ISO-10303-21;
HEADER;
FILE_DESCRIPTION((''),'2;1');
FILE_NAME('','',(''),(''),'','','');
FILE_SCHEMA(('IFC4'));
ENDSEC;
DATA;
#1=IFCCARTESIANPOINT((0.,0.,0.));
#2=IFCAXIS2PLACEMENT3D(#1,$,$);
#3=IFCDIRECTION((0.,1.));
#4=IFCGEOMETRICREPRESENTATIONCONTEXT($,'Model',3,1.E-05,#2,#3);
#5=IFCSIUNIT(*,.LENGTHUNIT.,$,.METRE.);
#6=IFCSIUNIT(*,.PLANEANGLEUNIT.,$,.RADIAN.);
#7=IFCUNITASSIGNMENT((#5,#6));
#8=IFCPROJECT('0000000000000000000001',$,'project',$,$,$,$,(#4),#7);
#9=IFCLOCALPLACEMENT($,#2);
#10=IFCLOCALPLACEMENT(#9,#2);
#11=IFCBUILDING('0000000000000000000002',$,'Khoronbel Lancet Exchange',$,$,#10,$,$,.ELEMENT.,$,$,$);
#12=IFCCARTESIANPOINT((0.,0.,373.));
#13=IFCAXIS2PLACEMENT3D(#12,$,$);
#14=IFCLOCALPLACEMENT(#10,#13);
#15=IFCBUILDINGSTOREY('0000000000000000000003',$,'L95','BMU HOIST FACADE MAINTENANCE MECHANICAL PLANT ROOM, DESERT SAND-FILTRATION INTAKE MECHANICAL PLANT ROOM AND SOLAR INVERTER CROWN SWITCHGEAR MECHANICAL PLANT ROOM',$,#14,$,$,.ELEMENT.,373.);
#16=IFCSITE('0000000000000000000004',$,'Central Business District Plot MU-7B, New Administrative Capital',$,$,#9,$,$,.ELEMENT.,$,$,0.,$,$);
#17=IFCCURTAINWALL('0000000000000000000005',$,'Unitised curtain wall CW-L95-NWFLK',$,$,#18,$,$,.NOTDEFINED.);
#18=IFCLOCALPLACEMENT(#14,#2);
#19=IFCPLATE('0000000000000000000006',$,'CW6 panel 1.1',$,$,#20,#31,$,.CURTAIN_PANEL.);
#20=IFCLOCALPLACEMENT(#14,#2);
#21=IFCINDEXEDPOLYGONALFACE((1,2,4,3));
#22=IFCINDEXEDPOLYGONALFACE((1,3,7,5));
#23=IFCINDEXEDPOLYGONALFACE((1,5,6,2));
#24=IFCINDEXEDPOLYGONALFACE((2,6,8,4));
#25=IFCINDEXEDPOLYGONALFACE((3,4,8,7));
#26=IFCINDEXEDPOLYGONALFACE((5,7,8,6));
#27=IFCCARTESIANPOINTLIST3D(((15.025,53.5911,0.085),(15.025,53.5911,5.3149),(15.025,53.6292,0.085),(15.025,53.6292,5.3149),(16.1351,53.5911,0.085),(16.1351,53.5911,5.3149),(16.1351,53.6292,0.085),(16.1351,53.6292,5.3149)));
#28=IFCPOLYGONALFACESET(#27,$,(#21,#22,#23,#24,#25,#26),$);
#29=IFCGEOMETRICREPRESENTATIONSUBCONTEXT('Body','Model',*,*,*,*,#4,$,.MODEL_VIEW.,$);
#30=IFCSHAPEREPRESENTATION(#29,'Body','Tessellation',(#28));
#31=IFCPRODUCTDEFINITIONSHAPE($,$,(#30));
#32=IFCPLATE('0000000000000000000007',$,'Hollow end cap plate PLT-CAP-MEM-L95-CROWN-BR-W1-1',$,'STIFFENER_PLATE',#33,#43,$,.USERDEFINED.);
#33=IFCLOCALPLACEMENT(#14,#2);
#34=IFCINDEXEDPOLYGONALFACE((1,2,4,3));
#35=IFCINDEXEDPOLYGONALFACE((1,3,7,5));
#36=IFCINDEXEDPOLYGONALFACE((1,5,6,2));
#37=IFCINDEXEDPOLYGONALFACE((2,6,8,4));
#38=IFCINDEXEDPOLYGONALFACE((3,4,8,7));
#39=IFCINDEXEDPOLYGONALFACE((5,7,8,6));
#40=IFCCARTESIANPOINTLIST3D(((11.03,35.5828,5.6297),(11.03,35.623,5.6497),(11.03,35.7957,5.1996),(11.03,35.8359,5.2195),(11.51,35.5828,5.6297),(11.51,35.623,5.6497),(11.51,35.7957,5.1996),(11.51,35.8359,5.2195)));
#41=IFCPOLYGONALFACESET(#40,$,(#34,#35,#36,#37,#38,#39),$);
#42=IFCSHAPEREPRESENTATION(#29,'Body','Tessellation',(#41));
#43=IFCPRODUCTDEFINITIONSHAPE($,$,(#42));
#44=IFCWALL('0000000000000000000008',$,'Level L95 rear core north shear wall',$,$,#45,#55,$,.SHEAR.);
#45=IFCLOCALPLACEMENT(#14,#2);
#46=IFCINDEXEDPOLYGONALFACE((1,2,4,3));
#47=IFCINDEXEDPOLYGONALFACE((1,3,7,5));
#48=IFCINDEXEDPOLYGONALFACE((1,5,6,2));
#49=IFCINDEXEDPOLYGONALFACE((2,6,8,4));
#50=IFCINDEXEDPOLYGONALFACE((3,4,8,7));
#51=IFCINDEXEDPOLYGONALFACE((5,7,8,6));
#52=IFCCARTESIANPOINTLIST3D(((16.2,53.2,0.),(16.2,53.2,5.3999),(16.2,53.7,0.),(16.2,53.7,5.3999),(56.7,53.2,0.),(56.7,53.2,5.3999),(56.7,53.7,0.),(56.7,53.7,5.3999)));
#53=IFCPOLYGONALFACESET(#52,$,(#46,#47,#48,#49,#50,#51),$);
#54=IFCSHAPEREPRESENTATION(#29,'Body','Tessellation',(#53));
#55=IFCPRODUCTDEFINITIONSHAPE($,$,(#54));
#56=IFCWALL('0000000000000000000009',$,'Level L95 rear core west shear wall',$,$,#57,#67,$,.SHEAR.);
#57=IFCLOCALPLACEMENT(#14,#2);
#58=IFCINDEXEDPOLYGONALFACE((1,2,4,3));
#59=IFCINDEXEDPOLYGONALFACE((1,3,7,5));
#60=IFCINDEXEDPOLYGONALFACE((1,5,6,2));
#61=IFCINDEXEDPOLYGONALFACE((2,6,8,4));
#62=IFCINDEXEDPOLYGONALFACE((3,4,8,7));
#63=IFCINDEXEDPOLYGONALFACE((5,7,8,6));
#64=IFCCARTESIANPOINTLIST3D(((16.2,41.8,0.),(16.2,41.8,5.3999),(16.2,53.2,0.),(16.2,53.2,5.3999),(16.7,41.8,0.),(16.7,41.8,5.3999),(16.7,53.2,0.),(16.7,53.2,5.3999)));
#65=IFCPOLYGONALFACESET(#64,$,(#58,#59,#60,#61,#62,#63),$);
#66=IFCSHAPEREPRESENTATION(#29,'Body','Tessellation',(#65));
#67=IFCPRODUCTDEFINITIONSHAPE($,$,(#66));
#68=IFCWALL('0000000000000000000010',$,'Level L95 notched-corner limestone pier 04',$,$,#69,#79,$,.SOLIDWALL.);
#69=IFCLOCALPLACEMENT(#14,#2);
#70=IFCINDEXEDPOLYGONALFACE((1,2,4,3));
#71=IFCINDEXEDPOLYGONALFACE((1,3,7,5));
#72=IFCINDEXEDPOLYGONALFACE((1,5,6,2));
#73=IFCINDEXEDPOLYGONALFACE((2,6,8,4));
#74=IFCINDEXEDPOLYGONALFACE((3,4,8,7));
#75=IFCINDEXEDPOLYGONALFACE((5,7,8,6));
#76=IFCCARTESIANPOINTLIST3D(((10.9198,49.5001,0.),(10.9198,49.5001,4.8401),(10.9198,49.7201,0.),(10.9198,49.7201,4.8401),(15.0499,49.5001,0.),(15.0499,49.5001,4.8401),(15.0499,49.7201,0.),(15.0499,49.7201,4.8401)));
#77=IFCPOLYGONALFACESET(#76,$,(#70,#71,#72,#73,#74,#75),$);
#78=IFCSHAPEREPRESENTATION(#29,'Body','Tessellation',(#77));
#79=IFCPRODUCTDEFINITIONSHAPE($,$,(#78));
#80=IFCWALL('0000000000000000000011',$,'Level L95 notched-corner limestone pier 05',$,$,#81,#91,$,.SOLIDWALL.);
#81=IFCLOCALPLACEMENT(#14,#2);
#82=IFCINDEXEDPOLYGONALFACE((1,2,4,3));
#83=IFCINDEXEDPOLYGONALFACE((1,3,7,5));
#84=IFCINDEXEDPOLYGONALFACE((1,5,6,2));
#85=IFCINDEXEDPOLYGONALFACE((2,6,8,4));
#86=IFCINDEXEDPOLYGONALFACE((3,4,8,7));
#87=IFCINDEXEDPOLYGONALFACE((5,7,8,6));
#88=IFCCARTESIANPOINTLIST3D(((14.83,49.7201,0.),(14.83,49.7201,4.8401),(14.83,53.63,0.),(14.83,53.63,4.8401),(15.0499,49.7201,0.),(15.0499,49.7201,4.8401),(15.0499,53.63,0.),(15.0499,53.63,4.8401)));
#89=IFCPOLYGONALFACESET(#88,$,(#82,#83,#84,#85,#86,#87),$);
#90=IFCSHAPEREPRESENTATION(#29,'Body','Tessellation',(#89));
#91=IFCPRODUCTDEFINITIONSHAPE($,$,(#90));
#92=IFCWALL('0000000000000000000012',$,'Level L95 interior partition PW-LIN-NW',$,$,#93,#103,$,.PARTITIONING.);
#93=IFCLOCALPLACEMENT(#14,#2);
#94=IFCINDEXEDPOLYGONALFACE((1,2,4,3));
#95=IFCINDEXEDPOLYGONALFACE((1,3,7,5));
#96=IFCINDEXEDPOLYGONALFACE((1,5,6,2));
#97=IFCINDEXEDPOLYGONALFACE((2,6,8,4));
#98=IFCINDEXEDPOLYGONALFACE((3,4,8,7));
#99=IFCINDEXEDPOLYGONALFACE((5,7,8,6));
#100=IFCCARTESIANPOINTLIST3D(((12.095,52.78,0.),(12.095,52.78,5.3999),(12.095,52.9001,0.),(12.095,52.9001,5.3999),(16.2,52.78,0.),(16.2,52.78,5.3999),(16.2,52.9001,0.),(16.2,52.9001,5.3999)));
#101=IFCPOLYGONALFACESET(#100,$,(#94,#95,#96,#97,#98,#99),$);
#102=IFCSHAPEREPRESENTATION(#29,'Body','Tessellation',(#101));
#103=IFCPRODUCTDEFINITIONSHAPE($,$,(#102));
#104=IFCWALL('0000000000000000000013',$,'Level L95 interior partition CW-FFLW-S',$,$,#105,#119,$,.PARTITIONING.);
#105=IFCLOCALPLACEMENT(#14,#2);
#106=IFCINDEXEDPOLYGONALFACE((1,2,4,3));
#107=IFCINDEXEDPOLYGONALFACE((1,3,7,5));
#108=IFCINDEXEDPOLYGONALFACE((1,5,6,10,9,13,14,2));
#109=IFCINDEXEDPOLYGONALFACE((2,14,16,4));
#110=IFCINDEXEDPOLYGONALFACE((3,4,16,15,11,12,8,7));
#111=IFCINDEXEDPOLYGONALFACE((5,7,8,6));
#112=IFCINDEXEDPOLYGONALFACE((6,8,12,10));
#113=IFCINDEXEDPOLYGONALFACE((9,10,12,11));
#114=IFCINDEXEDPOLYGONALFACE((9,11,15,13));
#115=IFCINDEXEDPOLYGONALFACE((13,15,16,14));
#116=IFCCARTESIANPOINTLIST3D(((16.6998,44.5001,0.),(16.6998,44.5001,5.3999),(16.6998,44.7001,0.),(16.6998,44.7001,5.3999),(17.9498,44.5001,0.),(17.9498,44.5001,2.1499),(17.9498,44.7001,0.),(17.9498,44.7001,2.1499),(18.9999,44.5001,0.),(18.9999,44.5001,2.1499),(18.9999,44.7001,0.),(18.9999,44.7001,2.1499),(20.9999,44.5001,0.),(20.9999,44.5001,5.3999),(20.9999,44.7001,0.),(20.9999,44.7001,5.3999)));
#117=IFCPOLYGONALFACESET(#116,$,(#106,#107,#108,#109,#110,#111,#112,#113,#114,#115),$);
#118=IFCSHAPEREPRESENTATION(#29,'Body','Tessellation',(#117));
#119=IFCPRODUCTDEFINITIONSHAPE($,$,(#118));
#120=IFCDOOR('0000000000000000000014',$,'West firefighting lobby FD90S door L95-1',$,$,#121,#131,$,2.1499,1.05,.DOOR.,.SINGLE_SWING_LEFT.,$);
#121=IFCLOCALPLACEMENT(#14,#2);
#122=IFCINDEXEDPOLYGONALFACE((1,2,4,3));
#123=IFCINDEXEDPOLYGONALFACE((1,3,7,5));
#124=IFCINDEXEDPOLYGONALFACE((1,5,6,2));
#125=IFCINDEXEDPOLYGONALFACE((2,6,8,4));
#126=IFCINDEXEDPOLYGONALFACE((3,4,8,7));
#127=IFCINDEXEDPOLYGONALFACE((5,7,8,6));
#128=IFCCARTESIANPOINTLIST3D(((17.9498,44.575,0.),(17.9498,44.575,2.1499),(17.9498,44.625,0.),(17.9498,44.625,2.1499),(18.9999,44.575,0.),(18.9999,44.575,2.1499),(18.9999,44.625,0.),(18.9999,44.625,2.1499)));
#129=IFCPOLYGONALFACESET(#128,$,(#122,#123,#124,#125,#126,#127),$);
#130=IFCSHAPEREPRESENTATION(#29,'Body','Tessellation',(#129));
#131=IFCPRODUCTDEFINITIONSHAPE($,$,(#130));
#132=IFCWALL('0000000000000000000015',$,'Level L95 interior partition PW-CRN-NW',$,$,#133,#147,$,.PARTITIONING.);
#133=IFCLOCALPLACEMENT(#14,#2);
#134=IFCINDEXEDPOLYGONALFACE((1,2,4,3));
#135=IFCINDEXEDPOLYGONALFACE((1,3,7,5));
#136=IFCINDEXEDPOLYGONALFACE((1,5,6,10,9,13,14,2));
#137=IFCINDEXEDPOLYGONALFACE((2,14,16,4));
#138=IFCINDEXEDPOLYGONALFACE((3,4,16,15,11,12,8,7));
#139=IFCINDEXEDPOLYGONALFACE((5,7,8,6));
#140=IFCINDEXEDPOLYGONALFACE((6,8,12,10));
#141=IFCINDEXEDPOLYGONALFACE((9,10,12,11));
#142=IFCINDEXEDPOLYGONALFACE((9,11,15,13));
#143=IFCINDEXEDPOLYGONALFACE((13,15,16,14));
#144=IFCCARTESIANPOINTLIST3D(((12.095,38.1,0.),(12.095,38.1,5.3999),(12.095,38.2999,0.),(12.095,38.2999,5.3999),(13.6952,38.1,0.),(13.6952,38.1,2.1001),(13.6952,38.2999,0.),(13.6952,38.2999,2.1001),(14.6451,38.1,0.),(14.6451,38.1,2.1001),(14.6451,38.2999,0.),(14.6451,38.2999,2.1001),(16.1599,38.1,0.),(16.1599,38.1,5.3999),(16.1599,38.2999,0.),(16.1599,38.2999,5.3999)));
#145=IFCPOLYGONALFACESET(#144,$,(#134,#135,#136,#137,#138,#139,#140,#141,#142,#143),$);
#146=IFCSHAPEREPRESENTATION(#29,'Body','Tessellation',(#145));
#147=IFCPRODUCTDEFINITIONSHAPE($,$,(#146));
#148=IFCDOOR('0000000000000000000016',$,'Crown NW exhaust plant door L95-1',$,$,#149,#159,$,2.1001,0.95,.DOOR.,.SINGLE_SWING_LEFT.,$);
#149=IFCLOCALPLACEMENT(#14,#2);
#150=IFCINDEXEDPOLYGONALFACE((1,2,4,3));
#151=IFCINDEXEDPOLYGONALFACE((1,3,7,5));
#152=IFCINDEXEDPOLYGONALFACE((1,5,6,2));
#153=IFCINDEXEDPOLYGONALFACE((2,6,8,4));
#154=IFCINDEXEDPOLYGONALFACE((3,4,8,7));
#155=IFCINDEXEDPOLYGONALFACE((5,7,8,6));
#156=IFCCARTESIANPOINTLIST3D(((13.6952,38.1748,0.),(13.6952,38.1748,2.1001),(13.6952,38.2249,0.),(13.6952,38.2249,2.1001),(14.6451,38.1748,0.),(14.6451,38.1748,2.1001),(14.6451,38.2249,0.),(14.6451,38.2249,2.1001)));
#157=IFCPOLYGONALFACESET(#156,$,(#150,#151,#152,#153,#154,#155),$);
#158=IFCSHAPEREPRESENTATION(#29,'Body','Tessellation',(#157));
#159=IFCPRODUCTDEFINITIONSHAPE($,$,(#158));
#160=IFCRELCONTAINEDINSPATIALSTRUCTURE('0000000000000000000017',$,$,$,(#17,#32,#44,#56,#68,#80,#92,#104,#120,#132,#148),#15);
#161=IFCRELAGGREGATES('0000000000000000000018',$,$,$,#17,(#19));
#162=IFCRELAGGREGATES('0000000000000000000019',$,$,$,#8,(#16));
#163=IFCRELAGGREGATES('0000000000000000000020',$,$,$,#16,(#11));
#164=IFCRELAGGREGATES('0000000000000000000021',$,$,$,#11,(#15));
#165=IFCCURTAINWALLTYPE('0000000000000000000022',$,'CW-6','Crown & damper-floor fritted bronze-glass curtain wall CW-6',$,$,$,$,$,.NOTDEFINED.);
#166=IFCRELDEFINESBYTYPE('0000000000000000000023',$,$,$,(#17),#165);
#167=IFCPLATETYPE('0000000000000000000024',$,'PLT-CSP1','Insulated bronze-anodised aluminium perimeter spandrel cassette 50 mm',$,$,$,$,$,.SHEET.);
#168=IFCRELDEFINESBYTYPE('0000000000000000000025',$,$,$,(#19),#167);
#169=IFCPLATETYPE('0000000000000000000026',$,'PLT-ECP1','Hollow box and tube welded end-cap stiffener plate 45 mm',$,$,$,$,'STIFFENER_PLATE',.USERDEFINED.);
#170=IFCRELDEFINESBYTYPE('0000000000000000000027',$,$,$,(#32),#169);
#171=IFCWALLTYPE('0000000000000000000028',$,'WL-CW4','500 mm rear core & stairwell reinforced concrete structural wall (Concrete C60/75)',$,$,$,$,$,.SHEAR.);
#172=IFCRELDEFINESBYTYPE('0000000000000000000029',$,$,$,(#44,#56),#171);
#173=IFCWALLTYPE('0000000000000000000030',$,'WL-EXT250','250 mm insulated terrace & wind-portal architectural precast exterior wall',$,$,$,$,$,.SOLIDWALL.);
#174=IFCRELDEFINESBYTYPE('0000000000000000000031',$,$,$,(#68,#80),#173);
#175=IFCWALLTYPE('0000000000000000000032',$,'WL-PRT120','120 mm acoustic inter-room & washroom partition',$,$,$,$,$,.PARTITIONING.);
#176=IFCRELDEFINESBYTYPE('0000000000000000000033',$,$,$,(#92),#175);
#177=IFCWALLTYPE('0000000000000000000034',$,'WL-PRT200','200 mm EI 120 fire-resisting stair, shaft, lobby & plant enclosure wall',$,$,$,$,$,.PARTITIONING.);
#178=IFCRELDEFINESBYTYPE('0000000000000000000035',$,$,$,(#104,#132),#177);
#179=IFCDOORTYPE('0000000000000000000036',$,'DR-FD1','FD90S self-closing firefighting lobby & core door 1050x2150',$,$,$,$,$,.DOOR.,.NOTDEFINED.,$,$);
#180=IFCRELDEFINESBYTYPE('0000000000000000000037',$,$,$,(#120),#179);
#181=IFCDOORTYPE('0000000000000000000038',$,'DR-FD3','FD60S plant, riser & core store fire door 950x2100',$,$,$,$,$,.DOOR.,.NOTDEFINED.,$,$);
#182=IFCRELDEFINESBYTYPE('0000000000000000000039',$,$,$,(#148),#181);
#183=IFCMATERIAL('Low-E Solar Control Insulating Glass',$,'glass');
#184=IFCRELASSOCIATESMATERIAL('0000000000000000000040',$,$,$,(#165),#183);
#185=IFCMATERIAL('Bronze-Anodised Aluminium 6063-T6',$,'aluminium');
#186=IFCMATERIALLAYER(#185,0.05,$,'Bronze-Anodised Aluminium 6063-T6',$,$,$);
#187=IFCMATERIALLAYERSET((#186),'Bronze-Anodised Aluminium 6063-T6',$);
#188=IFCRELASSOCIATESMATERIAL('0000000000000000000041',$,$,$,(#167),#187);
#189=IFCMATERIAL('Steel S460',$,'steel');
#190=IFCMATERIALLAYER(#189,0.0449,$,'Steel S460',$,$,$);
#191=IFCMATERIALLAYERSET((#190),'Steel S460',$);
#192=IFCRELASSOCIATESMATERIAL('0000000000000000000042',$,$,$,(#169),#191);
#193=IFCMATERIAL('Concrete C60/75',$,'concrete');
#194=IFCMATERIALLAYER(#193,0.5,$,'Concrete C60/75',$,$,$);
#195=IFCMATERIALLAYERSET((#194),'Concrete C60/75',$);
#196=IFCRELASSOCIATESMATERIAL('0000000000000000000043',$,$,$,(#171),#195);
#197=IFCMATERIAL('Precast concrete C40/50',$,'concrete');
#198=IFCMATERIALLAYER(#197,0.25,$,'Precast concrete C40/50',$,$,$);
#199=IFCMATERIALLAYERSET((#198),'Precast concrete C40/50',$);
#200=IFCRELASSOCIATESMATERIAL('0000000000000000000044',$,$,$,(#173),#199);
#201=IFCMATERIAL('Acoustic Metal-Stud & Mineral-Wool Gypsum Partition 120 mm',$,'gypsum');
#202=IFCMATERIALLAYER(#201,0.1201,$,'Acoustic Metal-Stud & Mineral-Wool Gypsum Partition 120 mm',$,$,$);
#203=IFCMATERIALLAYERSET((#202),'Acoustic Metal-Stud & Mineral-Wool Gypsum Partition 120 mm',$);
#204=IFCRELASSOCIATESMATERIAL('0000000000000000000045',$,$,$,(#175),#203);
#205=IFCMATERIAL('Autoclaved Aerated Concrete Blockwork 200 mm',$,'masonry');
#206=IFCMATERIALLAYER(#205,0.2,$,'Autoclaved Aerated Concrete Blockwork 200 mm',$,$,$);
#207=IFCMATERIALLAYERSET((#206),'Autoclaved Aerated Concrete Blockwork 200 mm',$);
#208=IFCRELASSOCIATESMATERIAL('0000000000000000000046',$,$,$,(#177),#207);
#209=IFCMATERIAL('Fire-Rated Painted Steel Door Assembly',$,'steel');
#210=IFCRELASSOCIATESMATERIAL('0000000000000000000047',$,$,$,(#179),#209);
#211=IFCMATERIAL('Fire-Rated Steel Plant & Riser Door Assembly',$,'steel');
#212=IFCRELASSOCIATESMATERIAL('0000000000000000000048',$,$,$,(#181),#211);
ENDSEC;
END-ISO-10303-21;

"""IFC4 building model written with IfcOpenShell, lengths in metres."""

from ifc_helpers import new_model, si_unit, direction, frame, frame_2d, origin, origin_2d, place, context, subcontext, project, spatial, polyline, rectangle, outline, extrude, material, layer, layer_set, type_object, element, fill, aggregate, save


model = new_model("IFC4")

# Units and contexts
model_context = context("Model", 3, precision=1e-05, world=origin(), true_north=direction((0.0, 1.0)))
body_context = subcontext(model_context, "Body", "Model", "MODEL_VIEW")
ifc_project = project(units=[si_unit("LENGTHUNIT", "METRE"), si_unit("PLANEANGLEUNIT", "RADIAN")], contexts=[model_context])

# Site, building, storey
site_placement = place(None, origin())
site = spatial("IfcSite", under=ifc_project, at=site_placement, Name="Central Business District Plot MU-7B, New Administrative Capital", CompositionType="ELEMENT", RefElevation=0.0)
building_placement = place(site_placement, origin())
building = spatial("IfcBuilding", under=site, at=building_placement, Name="Khoronbel Lancet Exchange", CompositionType="ELEMENT")
storey_placement = place(building_placement, frame((0.0, 0.0, 373.0)))
storey = spatial("IfcBuildingStorey", under=building, at=storey_placement, Name="L95", Description="BMU HOIST FACADE MAINTENANCE MECHANICAL PLANT ROOM, DESERT SAND-FILTRATION INTAKE MECHANICAL PLANT ROOM AND SOLAR INVERTER CROWN SWITCHGEAR MECHANICAL PLANT ROOM", CompositionType="ELEMENT", Elevation=373.0)

# Shared definitions
ifc_material_1 = material(Name="Steel S460", Category="steel")

# Curtain wall
ifc_material_2 = material(Name="Low-E Solar Control Insulating Glass", Category="glass")
curtain_wall_type = type_object("IfcCurtainWallType", Name="CW-6", Description="Crown & damper-floor fritted bronze-glass curtain wall CW-6", PredefinedType="NOTDEFINED", material=ifc_material_2)
curtain_wall_1_placement = place(storey_placement, origin())
curtain_wall_1 = element("IfcCurtainWall", 1, at=curtain_wall_1_placement, inside=storey, type_object=curtain_wall_type, Name="Unitised curtain wall CW-L95-NWFLK", PredefinedType="NOTDEFINED")
ifc_material_3 = material(Name="Bronze-Anodised Aluminium 6063-T6", Category="aluminium")

# Plates
ifc_layer_1 = layer(ifc_material_3, 0.05, Name="Bronze-Anodised Aluminium 6063-T6")
ifc_layer_set_1 = layer_set([ifc_layer_1], Name="Bronze-Anodised Aluminium 6063-T6")
plate_type_1 = type_object("IfcPlateType", Name="PLT-CSP1", Description="Insulated bronze-anodised aluminium perimeter spandrel cassette 50 mm", PredefinedType="SHEET", material=ifc_layer_set_1)
plate_1_placement = place(storey_placement, frame((15.5801, 53.6101, 0.085), z_axis=(0.0, 0.0, 1.0), x_axis=(-1.0, 0.0, 0.0)))
plate_1 = element("IfcPlate", 2, at=plate_1_placement, type_object=plate_type_1, Name="CW6 panel 1.1", PredefinedType="CURTAIN_PANEL", context=body_context, shape_type="SweptSolid", body=[
    extrude(rectangle(XDim=1.1101, YDim=0.0381, at=origin_2d()), origin(), (0.0, 0.0, 1.0), 5.23),
])
aggregate(curtain_wall_1, [plate_1])
ifc_layer_2 = layer(ifc_material_1, 0.0449, Name="Steel S460")
ifc_layer_set_2 = layer_set([ifc_layer_2], Name="Steel S460")
plate_type_2 = type_object("IfcPlateType", Name="PLT-ECP1", Description="Hollow box and tube welded end-cap stiffener plate 45 mm", ElementType="STIFFENER_PLATE", PredefinedType="USERDEFINED", material=ifc_layer_set_2)
plate_2_placement = place(storey_placement, frame((11.51, 35.8359, 5.2195), z_axis=(0.0, 0.896251, 0.443548), x_axis=(-1.0, 0.0, 0.0)))
element("IfcPlate", 3, at=plate_2_placement, inside=storey, type_object=plate_type_2, Name="Hollow end cap plate PLT-CAP-MEM-L95-CROWN-BR-W1-1", ObjectType="STIFFENER_PLATE", PredefinedType="USERDEFINED", context=body_context, shape_type="SweptSolid", body=[
    extrude(outline(polyline([(0.0, 0.0), (0.48, 0.0), (0.48, 0.48), (0.0, 0.48), (0.0, 0.0)])), origin(), (0.0, 0.0, -1.0), 0.0449),
])

# Walls
ifc_material_4 = material(Name="Concrete C60/75", Category="concrete")
ifc_layer_3 = layer(ifc_material_4, 0.5, Name="Concrete C60/75")
ifc_layer_set_3 = layer_set([ifc_layer_3], Name="Concrete C60/75")
wall_type_1 = type_object("IfcWallType", Name="WL-CW4", Description="500 mm rear core & stairwell reinforced concrete structural wall (Concrete C60/75)", PredefinedType="SHEAR", material=ifc_layer_set_3)
wall_1_placement = place(storey_placement, frame((16.2, 53.45, 0.0), z_axis=(0.0, 0.0, 1.0), x_axis=(1.0, 0.0, 0.0)))
element("IfcWall", 4, at=wall_1_placement, inside=storey, type_object=wall_type_1, Name="Level L95 rear core north shear wall", PredefinedType="SHEAR", context=body_context, shape_type="SweptSolid", body=[
    extrude(rectangle(XDim=40.5, YDim=0.5, at=frame_2d((20.25, 0.0))), origin(), (0.0, 0.0, 1.0), 5.3999),
])
wall_2_placement = place(storey_placement, frame((16.45, 41.8, 0.0), z_axis=(0.0, 0.0, 1.0), x_axis=(0.0, 1.0, 0.0)))
element("IfcWall", 5, at=wall_2_placement, inside=storey, type_object=wall_type_1, Name="Level L95 rear core west shear wall", PredefinedType="SHEAR", context=body_context, shape_type="SweptSolid", body=[
    extrude(rectangle(XDim=11.3999, YDim=0.5, at=frame_2d((5.7, 0.0))), origin(), (0.0, 0.0, 1.0), 5.3999),
])
ifc_material_5 = material(Name="Precast concrete C40/50", Category="concrete")
ifc_layer_4 = layer(ifc_material_5, 0.25, Name="Precast concrete C40/50")
ifc_layer_set_4 = layer_set([ifc_layer_4], Name="Precast concrete C40/50")
wall_type_2 = type_object("IfcWallType", Name="WL-EXT250", Description="250 mm insulated terrace & wind-portal architectural precast exterior wall", PredefinedType="SOLIDWALL", material=ifc_layer_set_4)
wall_3_placement = place(storey_placement, frame((10.9199, 49.6101, 0.0), z_axis=(0.0, 0.0, 1.0), x_axis=(1.0, 0.0, 0.0)))
element("IfcWall", 6, at=wall_3_placement, inside=storey, type_object=wall_type_2, Name="Level L95 notched-corner limestone pier 04", PredefinedType="SOLIDWALL", context=body_context, shape_type="SweptSolid", body=[
    extrude(rectangle(XDim=4.1301, YDim=0.22, at=frame_2d((2.0649, 0.0))), origin(), (0.0, 0.0, 1.0), 4.8401),
])
wall_4_placement = place(storey_placement, frame((14.9399, 49.72, 0.0), z_axis=(0.0, 0.0, 1.0), x_axis=(0.0, 1.0, 0.0)))
element("IfcWall", 7, at=wall_4_placement, inside=storey, type_object=wall_type_2, Name="Level L95 notched-corner limestone pier 05", PredefinedType="SOLIDWALL", context=body_context, shape_type="SweptSolid", body=[
    extrude(rectangle(XDim=3.9099, YDim=0.22, at=frame_2d((1.9551, 0.0))), origin(), (0.0, 0.0, 1.0), 4.8401),
])
ifc_material_6 = material(Name="Acoustic Metal-Stud & Mineral-Wool Gypsum Partition 120 mm", Category="gypsum")
ifc_layer_5 = layer(ifc_material_6, 0.1201, Name="Acoustic Metal-Stud & Mineral-Wool Gypsum Partition 120 mm")
ifc_layer_set_5 = layer_set([ifc_layer_5], Name="Acoustic Metal-Stud & Mineral-Wool Gypsum Partition 120 mm")
wall_type_3 = type_object("IfcWallType", Name="WL-PRT120", Description="120 mm acoustic inter-room & washroom partition", PredefinedType="PARTITIONING", material=ifc_layer_set_5)
wall_5_placement = place(storey_placement, frame((12.095, 52.8401, 0.0), z_axis=(0.0, 0.0, 1.0), x_axis=(1.0, 0.0, 0.0)))
element("IfcWall", 8, at=wall_5_placement, inside=storey, type_object=wall_type_3, Name="Level L95 interior partition PW-LIN-NW", PredefinedType="PARTITIONING", context=body_context, shape_type="SweptSolid", body=[
    extrude(rectangle(XDim=4.105, YDim=0.1201, at=frame_2d((2.0525, 0.0))), origin(), (0.0, 0.0, 1.0), 5.3999),
])

# Walls, openings, doors
ifc_material_7 = material(Name="Autoclaved Aerated Concrete Blockwork 200 mm", Category="masonry")
ifc_layer_6 = layer(ifc_material_7, 0.2, Name="Autoclaved Aerated Concrete Blockwork 200 mm")
ifc_layer_set_6 = layer_set([ifc_layer_6], Name="Autoclaved Aerated Concrete Blockwork 200 mm")
wall_type_4 = type_object("IfcWallType", Name="WL-PRT200", Description="200 mm EI 120 fire-resisting stair, shaft, lobby & plant enclosure wall", PredefinedType="PARTITIONING", material=ifc_layer_set_6)
wall_6_placement = place(storey_placement, frame((16.7, 44.6001, 0.0), z_axis=(0.0, 0.0, 1.0), x_axis=(1.0, 0.0, 0.0)))
wall_6 = element("IfcWall", 9, at=wall_6_placement, inside=storey, type_object=wall_type_4, Name="Level L95 interior partition CW-FFLW-S", PredefinedType="PARTITIONING", context=body_context, shape_type="SweptSolid", body=[
    extrude(rectangle(XDim=4.3, YDim=0.2, at=frame_2d((2.1499, 0.0))), origin(), (0.0, 0.0, 1.0), 5.3999),
])
opening_1_placement = place(wall_6_placement, frame((1.25, 0.0, 0.0)))
opening_1 = element("IfcOpeningElement", 10, at=opening_1_placement, cuts=wall_6, PredefinedType="OPENING", context=body_context, shape_type="SweptSolid", body=[
    extrude(rectangle(XDim=1.05, YDim=2.1499, at=frame_2d((0.5249, 1.075))), frame((0.0, 0.1099, 0.0), z_axis=(0.0, -1.0, 0.0), x_axis=(1.0, 0.0, 0.0)), (0.0, 0.0, 1.0), 0.22),
])
ifc_material_8 = material(Name="Fire-Rated Painted Steel Door Assembly", Category="steel")
door_type_1 = type_object("IfcDoorType", Name="DR-FD1", Description="FD90S self-closing firefighting lobby & core door 1050x2150", OperationType="NOTDEFINED", PredefinedType="DOOR", material=ifc_material_8)
door_1_placement = place(opening_1_placement, origin())
door_1 = element("IfcDoor", 11, at=door_1_placement, inside=storey, type_object=door_type_1, Name="West firefighting lobby FD90S door L95-1", OperationType="SINGLE_SWING_LEFT", OverallHeight=2.1499, OverallWidth=1.05, PredefinedType="DOOR", context=body_context, shape_type="SweptSolid", body=[
    extrude(rectangle(XDim=1.05, YDim=2.1499, at=frame_2d((0.5249, 1.075))), frame((0.0, 0.0249, 0.0), z_axis=(0.0, -1.0, 0.0), x_axis=(1.0, 0.0, 0.0)), (0.0, 0.0, 1.0), 0.05),
])
fill(opening_1, door_1)
wall_7_placement = place(storey_placement, frame((12.095, 38.2, 0.0), z_axis=(0.0, 0.0, 1.0), x_axis=(1.0, 0.0, 0.0)))
wall_7 = element("IfcWall", 12, at=wall_7_placement, inside=storey, type_object=wall_type_4, Name="Level L95 interior partition PW-CRN-NW", PredefinedType="PARTITIONING", context=body_context, shape_type="SweptSolid", body=[
    extrude(rectangle(XDim=4.0649, YDim=0.2, at=frame_2d((2.0325, 0.0))), origin(), (0.0, 0.0, 1.0), 5.3999),
])
opening_2_placement = place(wall_7_placement, frame((1.6001, 0.0, 0.0)))
opening_2 = element("IfcOpeningElement", 13, at=opening_2_placement, cuts=wall_7, PredefinedType="OPENING", context=body_context, shape_type="SweptSolid", body=[
    extrude(rectangle(XDim=0.95, YDim=2.1001, at=frame_2d((0.4751, 1.05))), frame((0.0, 0.1099, 0.0), z_axis=(0.0, -1.0, 0.0), x_axis=(1.0, 0.0, 0.0)), (0.0, 0.0, 1.0), 0.22),
])
ifc_material_9 = material(Name="Fire-Rated Steel Plant & Riser Door Assembly", Category="steel")
door_type_2 = type_object("IfcDoorType", Name="DR-FD3", Description="FD60S plant, riser & core store fire door 950x2100", OperationType="NOTDEFINED", PredefinedType="DOOR", material=ifc_material_9)
door_2_placement = place(opening_2_placement, origin())
door_2 = element("IfcDoor", 14, at=door_2_placement, inside=storey, type_object=door_type_2, Name="Crown NW exhaust plant door L95-1", OperationType="SINGLE_SWING_LEFT", OverallHeight=2.1001, OverallWidth=0.95, PredefinedType="DOOR", context=body_context, shape_type="SweptSolid", body=[
    extrude(rectangle(XDim=0.95, YDim=2.1001, at=frame_2d((0.4751, 1.05))), frame((0.0, 0.0249, 0.0), z_axis=(0.0, -1.0, 0.0), x_axis=(1.0, 0.0, 0.0)), (0.0, 0.0, 1.0), 0.05),
])
fill(opening_2, door_2)

save(model, "model.ifc")
